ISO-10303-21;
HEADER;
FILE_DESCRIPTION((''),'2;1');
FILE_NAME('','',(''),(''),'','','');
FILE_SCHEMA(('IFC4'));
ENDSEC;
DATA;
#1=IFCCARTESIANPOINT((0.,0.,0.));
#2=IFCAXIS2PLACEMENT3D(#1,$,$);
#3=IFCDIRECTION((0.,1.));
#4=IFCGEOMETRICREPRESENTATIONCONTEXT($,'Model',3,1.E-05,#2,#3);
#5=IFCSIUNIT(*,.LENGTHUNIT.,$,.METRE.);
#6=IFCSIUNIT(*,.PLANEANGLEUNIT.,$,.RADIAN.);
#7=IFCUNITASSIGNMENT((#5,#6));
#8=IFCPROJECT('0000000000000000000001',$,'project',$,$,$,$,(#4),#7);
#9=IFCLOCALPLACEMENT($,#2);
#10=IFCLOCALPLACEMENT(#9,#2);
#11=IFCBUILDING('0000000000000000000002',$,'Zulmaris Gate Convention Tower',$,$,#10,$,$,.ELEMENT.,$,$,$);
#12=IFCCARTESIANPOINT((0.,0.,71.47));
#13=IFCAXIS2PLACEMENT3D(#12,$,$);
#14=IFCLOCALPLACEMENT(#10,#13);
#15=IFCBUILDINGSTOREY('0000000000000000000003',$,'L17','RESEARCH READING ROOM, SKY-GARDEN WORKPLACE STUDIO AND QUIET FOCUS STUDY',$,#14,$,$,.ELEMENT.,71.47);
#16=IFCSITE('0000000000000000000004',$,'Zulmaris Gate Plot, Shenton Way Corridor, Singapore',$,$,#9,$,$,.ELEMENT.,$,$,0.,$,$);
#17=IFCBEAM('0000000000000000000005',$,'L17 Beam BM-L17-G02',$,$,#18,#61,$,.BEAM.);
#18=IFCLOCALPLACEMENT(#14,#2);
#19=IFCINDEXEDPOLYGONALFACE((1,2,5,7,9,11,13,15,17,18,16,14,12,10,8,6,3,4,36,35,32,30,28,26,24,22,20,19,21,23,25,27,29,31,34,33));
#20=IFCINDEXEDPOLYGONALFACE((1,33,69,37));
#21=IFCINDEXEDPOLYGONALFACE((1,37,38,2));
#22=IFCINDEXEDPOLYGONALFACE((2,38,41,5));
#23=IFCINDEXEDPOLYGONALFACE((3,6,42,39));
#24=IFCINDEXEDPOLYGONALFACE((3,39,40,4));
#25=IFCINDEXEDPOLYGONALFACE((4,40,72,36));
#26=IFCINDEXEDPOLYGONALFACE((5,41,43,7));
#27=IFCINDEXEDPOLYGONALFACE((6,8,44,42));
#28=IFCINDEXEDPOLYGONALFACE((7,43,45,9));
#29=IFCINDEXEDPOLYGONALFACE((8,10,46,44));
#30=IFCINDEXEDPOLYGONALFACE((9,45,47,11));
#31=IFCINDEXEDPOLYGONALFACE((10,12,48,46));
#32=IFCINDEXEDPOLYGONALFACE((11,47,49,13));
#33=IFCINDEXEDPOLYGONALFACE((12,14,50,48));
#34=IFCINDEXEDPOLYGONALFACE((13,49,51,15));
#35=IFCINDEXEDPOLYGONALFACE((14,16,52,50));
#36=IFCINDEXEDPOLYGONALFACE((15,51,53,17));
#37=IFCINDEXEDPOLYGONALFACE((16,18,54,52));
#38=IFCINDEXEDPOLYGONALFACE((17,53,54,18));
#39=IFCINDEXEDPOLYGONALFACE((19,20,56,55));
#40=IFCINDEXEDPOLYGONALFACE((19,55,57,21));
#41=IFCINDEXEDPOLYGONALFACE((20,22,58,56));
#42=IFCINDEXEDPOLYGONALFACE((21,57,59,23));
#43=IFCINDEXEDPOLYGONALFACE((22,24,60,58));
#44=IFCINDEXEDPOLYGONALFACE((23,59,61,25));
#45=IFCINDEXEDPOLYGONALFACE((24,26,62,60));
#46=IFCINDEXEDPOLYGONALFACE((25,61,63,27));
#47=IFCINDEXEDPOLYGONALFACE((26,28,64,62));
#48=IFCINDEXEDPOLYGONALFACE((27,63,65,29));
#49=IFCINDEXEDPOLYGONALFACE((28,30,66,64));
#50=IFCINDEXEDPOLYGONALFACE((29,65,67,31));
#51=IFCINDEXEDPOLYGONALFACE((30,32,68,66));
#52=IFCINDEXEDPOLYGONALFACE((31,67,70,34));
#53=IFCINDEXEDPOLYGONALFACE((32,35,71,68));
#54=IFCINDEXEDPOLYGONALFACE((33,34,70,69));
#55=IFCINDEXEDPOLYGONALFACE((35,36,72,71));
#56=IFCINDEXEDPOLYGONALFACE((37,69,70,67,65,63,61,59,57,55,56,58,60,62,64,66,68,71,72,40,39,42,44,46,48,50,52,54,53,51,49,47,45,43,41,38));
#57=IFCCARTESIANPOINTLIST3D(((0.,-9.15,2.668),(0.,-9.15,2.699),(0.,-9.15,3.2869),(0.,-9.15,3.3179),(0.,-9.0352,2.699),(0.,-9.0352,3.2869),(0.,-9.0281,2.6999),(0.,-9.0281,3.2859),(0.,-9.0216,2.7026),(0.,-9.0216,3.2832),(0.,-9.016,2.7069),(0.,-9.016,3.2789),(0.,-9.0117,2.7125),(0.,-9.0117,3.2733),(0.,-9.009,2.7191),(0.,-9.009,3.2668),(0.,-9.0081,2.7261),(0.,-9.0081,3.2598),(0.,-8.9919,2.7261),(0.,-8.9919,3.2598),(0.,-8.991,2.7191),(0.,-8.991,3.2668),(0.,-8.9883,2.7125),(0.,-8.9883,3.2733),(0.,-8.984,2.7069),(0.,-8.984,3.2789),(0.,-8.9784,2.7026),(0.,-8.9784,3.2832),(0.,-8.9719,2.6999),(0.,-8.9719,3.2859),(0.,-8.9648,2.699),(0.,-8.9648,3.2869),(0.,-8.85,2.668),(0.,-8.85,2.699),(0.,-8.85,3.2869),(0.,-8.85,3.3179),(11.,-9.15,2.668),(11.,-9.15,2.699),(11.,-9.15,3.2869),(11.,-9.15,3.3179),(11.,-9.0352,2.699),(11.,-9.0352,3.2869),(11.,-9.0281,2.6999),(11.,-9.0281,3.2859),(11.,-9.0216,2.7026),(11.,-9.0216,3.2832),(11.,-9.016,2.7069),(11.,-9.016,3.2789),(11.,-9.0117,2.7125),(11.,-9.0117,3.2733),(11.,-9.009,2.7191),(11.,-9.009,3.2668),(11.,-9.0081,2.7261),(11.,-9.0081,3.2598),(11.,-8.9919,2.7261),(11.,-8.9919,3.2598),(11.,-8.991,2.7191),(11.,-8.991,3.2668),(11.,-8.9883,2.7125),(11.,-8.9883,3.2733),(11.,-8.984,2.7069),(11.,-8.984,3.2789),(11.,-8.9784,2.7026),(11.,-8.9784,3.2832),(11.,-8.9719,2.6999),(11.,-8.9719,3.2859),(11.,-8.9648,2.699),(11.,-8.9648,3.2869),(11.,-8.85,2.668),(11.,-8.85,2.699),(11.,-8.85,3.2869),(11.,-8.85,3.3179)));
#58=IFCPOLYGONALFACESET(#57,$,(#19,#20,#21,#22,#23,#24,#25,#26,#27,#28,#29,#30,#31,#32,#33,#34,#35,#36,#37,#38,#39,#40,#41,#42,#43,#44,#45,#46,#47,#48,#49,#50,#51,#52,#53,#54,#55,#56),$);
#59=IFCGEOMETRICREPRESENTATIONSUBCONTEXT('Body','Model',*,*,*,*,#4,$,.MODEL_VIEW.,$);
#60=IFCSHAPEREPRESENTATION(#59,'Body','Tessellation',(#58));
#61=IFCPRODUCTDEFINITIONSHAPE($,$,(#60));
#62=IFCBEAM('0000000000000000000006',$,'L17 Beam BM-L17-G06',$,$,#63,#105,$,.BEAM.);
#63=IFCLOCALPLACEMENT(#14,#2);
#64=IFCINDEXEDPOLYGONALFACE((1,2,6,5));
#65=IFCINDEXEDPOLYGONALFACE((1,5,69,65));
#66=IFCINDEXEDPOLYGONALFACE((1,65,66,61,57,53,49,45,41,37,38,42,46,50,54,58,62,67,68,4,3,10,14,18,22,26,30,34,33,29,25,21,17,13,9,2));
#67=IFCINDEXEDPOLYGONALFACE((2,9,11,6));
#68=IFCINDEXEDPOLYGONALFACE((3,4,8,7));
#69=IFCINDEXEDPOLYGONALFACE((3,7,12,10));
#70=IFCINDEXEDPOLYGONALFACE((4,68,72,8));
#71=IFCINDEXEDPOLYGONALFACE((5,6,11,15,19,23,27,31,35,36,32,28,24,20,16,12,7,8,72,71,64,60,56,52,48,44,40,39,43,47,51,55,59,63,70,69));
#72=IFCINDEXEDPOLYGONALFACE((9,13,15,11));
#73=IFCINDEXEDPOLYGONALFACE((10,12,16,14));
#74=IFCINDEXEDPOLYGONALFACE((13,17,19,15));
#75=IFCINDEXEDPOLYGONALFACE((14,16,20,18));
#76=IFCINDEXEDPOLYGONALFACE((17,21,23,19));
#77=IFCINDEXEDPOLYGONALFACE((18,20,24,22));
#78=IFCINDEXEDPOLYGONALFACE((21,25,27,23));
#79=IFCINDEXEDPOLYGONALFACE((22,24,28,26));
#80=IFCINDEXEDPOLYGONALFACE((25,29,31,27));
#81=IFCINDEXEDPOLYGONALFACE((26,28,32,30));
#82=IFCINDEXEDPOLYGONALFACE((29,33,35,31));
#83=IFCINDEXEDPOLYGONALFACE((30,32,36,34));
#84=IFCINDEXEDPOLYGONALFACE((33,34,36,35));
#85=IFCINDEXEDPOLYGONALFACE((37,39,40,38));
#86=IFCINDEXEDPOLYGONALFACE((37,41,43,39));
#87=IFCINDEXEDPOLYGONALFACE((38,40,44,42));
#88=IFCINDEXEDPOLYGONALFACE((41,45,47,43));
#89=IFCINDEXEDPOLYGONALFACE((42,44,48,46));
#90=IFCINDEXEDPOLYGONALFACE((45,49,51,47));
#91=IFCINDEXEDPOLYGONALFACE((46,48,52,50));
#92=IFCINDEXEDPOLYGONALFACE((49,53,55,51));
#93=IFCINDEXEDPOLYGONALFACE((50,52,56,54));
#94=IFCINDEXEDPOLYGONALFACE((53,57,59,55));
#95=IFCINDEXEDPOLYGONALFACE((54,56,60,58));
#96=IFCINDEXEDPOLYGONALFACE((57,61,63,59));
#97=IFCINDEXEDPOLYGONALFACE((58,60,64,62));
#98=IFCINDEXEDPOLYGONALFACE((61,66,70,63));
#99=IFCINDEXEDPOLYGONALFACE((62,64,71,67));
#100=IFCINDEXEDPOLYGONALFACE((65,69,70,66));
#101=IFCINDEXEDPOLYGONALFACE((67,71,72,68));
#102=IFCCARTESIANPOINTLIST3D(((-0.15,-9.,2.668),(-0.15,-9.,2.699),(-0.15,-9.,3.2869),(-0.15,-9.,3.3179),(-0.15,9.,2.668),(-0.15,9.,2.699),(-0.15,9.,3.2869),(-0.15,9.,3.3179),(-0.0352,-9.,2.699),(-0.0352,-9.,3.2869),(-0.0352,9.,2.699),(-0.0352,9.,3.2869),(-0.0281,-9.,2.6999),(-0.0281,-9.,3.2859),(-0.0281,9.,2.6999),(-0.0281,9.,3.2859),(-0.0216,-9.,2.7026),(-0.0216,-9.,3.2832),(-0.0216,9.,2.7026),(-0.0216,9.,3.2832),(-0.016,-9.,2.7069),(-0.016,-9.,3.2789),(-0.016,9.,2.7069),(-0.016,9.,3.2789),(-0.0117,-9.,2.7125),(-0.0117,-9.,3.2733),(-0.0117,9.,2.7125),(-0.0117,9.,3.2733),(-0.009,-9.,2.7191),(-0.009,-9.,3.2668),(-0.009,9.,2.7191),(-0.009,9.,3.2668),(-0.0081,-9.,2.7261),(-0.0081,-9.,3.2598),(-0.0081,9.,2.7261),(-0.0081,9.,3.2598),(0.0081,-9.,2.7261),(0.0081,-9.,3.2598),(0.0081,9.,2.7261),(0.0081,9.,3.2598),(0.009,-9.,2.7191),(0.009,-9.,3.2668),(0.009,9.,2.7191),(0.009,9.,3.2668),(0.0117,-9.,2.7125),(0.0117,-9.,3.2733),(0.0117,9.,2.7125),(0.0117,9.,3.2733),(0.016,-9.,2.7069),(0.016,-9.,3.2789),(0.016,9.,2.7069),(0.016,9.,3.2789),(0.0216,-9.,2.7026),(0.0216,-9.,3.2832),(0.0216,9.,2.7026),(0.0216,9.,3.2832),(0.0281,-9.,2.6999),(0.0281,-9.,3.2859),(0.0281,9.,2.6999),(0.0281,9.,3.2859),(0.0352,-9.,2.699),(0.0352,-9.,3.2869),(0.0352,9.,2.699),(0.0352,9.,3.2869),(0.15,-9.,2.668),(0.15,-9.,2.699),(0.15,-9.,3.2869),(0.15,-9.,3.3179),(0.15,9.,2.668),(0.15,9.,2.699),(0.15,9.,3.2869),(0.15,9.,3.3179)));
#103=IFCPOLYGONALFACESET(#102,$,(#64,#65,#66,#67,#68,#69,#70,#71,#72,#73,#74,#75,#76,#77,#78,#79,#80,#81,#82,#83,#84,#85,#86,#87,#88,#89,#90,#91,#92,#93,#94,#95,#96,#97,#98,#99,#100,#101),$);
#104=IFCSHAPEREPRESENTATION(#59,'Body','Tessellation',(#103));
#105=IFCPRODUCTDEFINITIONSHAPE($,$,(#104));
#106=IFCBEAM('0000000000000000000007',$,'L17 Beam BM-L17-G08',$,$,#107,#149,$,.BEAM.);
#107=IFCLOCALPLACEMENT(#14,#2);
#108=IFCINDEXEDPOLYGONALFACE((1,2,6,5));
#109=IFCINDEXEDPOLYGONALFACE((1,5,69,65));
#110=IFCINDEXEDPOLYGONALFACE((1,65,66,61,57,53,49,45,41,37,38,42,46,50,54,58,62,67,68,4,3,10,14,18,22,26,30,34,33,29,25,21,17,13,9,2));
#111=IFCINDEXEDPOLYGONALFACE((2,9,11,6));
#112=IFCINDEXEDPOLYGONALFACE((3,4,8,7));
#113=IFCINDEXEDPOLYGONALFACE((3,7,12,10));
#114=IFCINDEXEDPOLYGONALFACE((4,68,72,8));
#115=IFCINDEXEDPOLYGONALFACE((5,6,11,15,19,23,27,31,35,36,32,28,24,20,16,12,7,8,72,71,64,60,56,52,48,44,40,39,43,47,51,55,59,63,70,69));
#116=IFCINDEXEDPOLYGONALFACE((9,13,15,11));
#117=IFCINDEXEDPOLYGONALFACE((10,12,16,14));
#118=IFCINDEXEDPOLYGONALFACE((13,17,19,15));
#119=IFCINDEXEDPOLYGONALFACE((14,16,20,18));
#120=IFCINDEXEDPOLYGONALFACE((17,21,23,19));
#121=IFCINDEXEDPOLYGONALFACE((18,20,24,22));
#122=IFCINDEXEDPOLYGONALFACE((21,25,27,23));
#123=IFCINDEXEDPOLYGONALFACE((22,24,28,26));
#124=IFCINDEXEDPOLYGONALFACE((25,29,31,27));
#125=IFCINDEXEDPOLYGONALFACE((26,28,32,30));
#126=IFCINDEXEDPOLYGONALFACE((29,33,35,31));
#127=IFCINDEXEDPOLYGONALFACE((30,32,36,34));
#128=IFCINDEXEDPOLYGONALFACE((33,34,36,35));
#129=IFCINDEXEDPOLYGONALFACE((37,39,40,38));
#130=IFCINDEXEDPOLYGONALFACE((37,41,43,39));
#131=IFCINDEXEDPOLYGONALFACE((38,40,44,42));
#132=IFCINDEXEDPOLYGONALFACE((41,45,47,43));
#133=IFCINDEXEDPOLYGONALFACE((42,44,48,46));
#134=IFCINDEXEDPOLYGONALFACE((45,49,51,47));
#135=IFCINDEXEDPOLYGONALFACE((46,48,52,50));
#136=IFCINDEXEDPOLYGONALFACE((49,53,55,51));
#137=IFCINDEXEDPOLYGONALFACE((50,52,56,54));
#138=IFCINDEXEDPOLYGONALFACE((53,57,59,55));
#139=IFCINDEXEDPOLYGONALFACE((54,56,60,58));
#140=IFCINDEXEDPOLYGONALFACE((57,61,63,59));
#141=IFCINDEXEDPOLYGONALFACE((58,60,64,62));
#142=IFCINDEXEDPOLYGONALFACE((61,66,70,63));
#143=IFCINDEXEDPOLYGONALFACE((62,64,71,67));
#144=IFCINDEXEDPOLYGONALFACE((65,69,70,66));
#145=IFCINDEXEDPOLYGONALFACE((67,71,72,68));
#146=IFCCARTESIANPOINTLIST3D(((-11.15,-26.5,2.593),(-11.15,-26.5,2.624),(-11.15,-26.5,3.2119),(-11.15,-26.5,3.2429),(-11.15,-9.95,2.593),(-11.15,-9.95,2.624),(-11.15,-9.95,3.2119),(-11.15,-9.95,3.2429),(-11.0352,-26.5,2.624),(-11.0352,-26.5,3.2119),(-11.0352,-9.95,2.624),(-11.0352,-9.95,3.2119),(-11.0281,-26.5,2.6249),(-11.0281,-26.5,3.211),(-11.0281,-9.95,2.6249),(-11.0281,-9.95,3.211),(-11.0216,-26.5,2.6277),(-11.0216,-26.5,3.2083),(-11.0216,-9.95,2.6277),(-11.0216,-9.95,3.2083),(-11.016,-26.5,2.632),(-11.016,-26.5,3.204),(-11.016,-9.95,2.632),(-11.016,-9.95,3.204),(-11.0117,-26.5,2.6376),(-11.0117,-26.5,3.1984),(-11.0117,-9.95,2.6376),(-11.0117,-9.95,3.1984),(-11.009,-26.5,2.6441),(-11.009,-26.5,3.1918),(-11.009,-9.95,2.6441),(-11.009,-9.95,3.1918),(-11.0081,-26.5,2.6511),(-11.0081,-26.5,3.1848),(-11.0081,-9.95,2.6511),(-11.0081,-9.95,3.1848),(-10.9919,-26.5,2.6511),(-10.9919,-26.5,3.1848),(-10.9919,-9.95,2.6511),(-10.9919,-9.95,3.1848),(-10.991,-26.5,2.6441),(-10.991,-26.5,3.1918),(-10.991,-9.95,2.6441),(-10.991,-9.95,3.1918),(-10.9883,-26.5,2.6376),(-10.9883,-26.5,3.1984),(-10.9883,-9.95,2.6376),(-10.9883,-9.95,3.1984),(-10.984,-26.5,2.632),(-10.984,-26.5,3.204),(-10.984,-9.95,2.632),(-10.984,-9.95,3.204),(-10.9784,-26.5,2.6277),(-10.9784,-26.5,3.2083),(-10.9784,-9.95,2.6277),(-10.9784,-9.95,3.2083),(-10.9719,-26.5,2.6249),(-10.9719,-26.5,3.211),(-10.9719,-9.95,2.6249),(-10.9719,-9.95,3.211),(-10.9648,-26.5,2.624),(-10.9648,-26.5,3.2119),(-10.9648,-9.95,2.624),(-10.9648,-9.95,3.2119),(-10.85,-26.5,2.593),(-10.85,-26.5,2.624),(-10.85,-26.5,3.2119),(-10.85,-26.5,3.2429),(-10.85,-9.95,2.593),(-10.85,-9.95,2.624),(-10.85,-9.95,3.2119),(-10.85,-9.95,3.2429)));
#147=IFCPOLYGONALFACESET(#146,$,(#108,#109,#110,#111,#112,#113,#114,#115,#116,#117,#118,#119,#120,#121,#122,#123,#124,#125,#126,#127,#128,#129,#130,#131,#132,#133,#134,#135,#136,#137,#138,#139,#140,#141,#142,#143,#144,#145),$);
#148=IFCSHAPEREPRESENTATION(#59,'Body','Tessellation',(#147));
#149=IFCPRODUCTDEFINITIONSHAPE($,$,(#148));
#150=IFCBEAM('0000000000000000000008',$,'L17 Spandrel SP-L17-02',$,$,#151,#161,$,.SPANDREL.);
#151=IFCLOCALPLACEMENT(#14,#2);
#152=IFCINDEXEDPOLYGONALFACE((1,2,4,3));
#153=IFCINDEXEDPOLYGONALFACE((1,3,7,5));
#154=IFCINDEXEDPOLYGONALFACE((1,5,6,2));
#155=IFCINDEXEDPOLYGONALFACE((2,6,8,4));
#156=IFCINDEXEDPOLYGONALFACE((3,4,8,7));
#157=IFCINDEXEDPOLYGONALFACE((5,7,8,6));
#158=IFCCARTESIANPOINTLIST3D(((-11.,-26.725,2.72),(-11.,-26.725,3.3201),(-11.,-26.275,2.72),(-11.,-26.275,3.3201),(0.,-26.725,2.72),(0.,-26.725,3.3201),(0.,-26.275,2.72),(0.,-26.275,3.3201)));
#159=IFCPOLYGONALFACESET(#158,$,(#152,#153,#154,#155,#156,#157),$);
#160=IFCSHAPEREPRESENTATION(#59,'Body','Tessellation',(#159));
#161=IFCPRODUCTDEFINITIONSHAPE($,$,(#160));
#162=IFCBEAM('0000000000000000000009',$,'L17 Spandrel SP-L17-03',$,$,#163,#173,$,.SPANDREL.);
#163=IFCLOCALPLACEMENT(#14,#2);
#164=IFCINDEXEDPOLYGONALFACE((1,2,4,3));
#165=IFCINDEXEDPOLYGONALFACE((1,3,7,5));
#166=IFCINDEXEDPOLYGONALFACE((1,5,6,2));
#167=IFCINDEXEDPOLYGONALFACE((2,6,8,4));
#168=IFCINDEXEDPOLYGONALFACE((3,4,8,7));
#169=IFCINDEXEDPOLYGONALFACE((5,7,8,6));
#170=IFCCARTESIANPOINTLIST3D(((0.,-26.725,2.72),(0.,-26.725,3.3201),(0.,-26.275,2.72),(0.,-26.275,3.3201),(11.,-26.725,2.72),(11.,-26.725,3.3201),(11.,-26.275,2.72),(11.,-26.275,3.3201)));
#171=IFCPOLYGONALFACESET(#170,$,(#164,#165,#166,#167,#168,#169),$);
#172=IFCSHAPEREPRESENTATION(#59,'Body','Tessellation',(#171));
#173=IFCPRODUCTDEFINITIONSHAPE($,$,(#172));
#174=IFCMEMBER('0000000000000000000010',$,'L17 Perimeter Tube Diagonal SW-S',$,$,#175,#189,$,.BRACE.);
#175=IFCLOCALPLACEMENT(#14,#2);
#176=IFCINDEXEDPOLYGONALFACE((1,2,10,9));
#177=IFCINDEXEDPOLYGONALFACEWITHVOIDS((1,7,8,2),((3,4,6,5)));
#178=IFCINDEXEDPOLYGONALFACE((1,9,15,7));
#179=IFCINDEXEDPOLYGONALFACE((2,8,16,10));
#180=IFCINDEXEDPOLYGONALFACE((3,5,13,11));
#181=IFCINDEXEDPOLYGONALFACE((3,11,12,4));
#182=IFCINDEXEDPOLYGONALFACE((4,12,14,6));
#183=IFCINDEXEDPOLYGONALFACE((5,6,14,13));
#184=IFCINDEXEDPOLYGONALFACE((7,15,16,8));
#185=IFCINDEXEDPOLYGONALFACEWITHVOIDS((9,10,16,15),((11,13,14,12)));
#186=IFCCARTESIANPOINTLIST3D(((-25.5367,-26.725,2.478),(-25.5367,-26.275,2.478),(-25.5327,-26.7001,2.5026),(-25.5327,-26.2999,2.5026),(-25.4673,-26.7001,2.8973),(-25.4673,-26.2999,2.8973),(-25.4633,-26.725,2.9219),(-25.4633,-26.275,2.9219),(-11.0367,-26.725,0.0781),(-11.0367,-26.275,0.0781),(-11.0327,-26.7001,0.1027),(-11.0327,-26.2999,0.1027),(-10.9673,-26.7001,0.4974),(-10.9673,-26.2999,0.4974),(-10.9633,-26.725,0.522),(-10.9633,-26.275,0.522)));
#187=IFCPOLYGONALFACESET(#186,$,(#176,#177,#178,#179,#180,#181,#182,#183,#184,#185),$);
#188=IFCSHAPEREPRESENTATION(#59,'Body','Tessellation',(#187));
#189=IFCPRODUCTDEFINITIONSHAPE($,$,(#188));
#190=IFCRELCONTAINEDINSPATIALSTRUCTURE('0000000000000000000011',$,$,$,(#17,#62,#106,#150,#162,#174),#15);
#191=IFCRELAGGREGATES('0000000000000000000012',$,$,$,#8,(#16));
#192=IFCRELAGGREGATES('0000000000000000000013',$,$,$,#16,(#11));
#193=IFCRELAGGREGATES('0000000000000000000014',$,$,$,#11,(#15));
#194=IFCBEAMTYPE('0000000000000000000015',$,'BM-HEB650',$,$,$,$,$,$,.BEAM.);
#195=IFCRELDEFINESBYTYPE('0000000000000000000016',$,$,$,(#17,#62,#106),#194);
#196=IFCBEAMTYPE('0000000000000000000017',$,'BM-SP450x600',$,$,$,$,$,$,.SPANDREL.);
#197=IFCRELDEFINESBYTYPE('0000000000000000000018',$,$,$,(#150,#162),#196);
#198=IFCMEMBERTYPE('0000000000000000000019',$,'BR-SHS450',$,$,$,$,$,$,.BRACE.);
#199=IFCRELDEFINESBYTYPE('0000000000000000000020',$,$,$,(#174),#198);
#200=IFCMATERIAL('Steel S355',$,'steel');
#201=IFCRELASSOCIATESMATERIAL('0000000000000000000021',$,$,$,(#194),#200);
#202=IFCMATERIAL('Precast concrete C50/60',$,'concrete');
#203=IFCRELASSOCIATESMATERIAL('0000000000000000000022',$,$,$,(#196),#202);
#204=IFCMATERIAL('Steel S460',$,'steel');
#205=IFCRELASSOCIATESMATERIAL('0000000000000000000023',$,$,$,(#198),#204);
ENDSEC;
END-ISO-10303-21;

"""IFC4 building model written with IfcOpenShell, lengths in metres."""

from ifc_helpers import new_model, si_unit, direction, frame, origin, origin_2d, place, context, subcontext, project, spatial, rectangle, hollow_rectangle, i_section, extrude, material, material_profile, profile_set, type_object, element, save


model = new_model("IFC4")

# Units and contexts
model_context = context("Model", 3, precision=1e-05, world=origin(), true_north=direction((0.0, 1.0)))
body_context = subcontext(model_context, "Body", "Model", "MODEL_VIEW")
ifc_project = project(units=[si_unit("LENGTHUNIT", "METRE"), si_unit("PLANEANGLEUNIT", "RADIAN")], contexts=[model_context])

# Site, building, storey
site_placement = place(None, origin())
site = spatial("IfcSite", under=ifc_project, at=site_placement, Name="Zulmaris Gate Plot, Shenton Way Corridor, Singapore", CompositionType="ELEMENT", RefElevation=0.0)
building_placement = place(site_placement, origin())
building = spatial("IfcBuilding", under=site, at=building_placement, Name="Zulmaris Gate Convention Tower", CompositionType="ELEMENT")
storey_placement = place(building_placement, frame((0.0, 0.0, 71.47)))
storey = spatial("IfcBuildingStorey", under=building, at=storey_placement, Name="L17", Description="RESEARCH READING ROOM, SKY-GARDEN WORKPLACE STUDIO AND QUIET FOCUS STUDY", CompositionType="ELEMENT", Elevation=71.47)

# Beams
ifc_material_1 = material(Name="Steel S355", Category="steel")
ifc_material_profile_1 = material_profile(ifc_material_1, i_section(OverallWidth=0.3, OverallDepth=0.6499, WebThickness=0.0161, FlangeThickness=0.031, FilletRadius=0.0271, at=origin_2d()), Name="HEB 650")
ifc_profile_set_1 = profile_set([ifc_material_profile_1], Name="Steel S355")
beam_type_1 = type_object("IfcBeamType", Name="BM-HEB650", PredefinedType="BEAM", material=ifc_profile_set_1)
for number, where, z_axis, x_axis, name in (
    (1, (0.0, -9.0, 2.9929), (1.0, 0.0, 0.0), (0.0, 1.0, 0.0), "L17 Beam BM-L17-G02"),
):
    element("IfcBeam", number, at=place(storey_placement, frame(where, z_axis=z_axis, x_axis=x_axis)), inside=storey, type_object=beam_type_1, Name=name, PredefinedType="BEAM", context=body_context, shape_type="SweptSolid", body=[
        extrude(i_section(OverallWidth=0.3, OverallDepth=0.6499, WebThickness=0.0161, FlangeThickness=0.031, FilletRadius=0.0271, at=origin_2d()), origin(), (0.0, 0.0, 1.0), 11.0),
    ])
beam_1_placement = place(storey_placement, frame((0.0, -9.0, 2.9929), z_axis=(0.0, 1.0, 0.0), x_axis=(-1.0, 0.0, 0.0)))
element("IfcBeam", 2, at=beam_1_placement, inside=storey, type_object=beam_type_1, Name="L17 Beam BM-L17-G06", PredefinedType="BEAM", context=body_context, shape_type="SweptSolid", body=[
    extrude(i_section(OverallWidth=0.3, OverallDepth=0.6499, WebThickness=0.0161, FlangeThickness=0.031, FilletRadius=0.0271, at=origin_2d()), origin(), (0.0, 0.0, 1.0), 18.0),
])
beam_2_placement = place(storey_placement, frame((-11.0, -26.5, 2.918), z_axis=(0.0, 1.0, 0.0), x_axis=(-1.0, 0.0, 0.0)))
element("IfcBeam", 3, at=beam_2_placement, inside=storey, type_object=beam_type_1, Name="L17 Beam BM-L17-G08", PredefinedType="BEAM", context=body_context, shape_type="SweptSolid", body=[
    extrude(i_section(OverallWidth=0.3, OverallDepth=0.6499, WebThickness=0.0161, FlangeThickness=0.031, FilletRadius=0.0271, at=origin_2d()), origin(), (0.0, 0.0, 1.0), 16.55),
])
ifc_material_2 = material(Name="Precast concrete C50/60", Category="concrete")
ifc_material_profile_2 = material_profile(ifc_material_2, rectangle(XDim=0.45, YDim=0.6001, at=origin_2d()), Name="RC SPANDREL 450x600")
ifc_profile_set_2 = profile_set([ifc_material_profile_2], Name="Precast concrete C50/60")
beam_type_2 = type_object("IfcBeamType", Name="BM-SP450x600", PredefinedType="SPANDREL", material=ifc_profile_set_2)
for number, where, z_axis, x_axis, name in (
    (4, (-11.0, -26.5, 3.02), (1.0, 0.0, 0.0), (0.0, 1.0, 0.0), "L17 Spandrel SP-L17-02"),
    (5, (0.0, -26.5, 3.02), (1.0, 0.0, 0.0), (0.0, 1.0, 0.0), "L17 Spandrel SP-L17-03"),
):
    element("IfcBeam", number, at=place(storey_placement, frame(where, z_axis=z_axis, x_axis=x_axis)), inside=storey, type_object=beam_type_2, Name=name, PredefinedType="SPANDREL", context=body_context, shape_type="SweptSolid", body=[
        extrude(rectangle(XDim=0.45, YDim=0.6001, at=origin_2d()), origin(), (0.0, 0.0, 1.0), 11.0),
    ])

# Member
ifc_material_3 = material(Name="Steel S460", Category="steel")
ifc_material_profile_3 = material_profile(ifc_material_3, hollow_rectangle(XDim=0.45, YDim=0.45, WallThickness=0.0249, at=origin_2d()), Name="SHS 450x450x25")
ifc_profile_set_3 = profile_set([ifc_material_profile_3], Name="Steel S460")
member_type = type_object("IfcMemberType", Name="BR-SHS450", PredefinedType="BRACE", material=ifc_profile_set_3)
member_placement = place(storey_placement, frame((-11.0, -26.5, 0.3), z_axis=(-0.986578, 0.0, 0.163289), x_axis=(0.0, -1.0, 0.0)))
element("IfcMember", 6, at=member_placement, inside=storey, type_object=member_type, Name="L17 Perimeter Tube Diagonal SW-S", PredefinedType="BRACE", context=body_context, shape_type="SweptSolid", body=[
    extrude(hollow_rectangle(XDim=0.45, YDim=0.45, WallThickness=0.0249, at=origin_2d()), origin(), (0.0, 0.0, 1.0), 14.6973),
])

save(model, "model.ifc")
